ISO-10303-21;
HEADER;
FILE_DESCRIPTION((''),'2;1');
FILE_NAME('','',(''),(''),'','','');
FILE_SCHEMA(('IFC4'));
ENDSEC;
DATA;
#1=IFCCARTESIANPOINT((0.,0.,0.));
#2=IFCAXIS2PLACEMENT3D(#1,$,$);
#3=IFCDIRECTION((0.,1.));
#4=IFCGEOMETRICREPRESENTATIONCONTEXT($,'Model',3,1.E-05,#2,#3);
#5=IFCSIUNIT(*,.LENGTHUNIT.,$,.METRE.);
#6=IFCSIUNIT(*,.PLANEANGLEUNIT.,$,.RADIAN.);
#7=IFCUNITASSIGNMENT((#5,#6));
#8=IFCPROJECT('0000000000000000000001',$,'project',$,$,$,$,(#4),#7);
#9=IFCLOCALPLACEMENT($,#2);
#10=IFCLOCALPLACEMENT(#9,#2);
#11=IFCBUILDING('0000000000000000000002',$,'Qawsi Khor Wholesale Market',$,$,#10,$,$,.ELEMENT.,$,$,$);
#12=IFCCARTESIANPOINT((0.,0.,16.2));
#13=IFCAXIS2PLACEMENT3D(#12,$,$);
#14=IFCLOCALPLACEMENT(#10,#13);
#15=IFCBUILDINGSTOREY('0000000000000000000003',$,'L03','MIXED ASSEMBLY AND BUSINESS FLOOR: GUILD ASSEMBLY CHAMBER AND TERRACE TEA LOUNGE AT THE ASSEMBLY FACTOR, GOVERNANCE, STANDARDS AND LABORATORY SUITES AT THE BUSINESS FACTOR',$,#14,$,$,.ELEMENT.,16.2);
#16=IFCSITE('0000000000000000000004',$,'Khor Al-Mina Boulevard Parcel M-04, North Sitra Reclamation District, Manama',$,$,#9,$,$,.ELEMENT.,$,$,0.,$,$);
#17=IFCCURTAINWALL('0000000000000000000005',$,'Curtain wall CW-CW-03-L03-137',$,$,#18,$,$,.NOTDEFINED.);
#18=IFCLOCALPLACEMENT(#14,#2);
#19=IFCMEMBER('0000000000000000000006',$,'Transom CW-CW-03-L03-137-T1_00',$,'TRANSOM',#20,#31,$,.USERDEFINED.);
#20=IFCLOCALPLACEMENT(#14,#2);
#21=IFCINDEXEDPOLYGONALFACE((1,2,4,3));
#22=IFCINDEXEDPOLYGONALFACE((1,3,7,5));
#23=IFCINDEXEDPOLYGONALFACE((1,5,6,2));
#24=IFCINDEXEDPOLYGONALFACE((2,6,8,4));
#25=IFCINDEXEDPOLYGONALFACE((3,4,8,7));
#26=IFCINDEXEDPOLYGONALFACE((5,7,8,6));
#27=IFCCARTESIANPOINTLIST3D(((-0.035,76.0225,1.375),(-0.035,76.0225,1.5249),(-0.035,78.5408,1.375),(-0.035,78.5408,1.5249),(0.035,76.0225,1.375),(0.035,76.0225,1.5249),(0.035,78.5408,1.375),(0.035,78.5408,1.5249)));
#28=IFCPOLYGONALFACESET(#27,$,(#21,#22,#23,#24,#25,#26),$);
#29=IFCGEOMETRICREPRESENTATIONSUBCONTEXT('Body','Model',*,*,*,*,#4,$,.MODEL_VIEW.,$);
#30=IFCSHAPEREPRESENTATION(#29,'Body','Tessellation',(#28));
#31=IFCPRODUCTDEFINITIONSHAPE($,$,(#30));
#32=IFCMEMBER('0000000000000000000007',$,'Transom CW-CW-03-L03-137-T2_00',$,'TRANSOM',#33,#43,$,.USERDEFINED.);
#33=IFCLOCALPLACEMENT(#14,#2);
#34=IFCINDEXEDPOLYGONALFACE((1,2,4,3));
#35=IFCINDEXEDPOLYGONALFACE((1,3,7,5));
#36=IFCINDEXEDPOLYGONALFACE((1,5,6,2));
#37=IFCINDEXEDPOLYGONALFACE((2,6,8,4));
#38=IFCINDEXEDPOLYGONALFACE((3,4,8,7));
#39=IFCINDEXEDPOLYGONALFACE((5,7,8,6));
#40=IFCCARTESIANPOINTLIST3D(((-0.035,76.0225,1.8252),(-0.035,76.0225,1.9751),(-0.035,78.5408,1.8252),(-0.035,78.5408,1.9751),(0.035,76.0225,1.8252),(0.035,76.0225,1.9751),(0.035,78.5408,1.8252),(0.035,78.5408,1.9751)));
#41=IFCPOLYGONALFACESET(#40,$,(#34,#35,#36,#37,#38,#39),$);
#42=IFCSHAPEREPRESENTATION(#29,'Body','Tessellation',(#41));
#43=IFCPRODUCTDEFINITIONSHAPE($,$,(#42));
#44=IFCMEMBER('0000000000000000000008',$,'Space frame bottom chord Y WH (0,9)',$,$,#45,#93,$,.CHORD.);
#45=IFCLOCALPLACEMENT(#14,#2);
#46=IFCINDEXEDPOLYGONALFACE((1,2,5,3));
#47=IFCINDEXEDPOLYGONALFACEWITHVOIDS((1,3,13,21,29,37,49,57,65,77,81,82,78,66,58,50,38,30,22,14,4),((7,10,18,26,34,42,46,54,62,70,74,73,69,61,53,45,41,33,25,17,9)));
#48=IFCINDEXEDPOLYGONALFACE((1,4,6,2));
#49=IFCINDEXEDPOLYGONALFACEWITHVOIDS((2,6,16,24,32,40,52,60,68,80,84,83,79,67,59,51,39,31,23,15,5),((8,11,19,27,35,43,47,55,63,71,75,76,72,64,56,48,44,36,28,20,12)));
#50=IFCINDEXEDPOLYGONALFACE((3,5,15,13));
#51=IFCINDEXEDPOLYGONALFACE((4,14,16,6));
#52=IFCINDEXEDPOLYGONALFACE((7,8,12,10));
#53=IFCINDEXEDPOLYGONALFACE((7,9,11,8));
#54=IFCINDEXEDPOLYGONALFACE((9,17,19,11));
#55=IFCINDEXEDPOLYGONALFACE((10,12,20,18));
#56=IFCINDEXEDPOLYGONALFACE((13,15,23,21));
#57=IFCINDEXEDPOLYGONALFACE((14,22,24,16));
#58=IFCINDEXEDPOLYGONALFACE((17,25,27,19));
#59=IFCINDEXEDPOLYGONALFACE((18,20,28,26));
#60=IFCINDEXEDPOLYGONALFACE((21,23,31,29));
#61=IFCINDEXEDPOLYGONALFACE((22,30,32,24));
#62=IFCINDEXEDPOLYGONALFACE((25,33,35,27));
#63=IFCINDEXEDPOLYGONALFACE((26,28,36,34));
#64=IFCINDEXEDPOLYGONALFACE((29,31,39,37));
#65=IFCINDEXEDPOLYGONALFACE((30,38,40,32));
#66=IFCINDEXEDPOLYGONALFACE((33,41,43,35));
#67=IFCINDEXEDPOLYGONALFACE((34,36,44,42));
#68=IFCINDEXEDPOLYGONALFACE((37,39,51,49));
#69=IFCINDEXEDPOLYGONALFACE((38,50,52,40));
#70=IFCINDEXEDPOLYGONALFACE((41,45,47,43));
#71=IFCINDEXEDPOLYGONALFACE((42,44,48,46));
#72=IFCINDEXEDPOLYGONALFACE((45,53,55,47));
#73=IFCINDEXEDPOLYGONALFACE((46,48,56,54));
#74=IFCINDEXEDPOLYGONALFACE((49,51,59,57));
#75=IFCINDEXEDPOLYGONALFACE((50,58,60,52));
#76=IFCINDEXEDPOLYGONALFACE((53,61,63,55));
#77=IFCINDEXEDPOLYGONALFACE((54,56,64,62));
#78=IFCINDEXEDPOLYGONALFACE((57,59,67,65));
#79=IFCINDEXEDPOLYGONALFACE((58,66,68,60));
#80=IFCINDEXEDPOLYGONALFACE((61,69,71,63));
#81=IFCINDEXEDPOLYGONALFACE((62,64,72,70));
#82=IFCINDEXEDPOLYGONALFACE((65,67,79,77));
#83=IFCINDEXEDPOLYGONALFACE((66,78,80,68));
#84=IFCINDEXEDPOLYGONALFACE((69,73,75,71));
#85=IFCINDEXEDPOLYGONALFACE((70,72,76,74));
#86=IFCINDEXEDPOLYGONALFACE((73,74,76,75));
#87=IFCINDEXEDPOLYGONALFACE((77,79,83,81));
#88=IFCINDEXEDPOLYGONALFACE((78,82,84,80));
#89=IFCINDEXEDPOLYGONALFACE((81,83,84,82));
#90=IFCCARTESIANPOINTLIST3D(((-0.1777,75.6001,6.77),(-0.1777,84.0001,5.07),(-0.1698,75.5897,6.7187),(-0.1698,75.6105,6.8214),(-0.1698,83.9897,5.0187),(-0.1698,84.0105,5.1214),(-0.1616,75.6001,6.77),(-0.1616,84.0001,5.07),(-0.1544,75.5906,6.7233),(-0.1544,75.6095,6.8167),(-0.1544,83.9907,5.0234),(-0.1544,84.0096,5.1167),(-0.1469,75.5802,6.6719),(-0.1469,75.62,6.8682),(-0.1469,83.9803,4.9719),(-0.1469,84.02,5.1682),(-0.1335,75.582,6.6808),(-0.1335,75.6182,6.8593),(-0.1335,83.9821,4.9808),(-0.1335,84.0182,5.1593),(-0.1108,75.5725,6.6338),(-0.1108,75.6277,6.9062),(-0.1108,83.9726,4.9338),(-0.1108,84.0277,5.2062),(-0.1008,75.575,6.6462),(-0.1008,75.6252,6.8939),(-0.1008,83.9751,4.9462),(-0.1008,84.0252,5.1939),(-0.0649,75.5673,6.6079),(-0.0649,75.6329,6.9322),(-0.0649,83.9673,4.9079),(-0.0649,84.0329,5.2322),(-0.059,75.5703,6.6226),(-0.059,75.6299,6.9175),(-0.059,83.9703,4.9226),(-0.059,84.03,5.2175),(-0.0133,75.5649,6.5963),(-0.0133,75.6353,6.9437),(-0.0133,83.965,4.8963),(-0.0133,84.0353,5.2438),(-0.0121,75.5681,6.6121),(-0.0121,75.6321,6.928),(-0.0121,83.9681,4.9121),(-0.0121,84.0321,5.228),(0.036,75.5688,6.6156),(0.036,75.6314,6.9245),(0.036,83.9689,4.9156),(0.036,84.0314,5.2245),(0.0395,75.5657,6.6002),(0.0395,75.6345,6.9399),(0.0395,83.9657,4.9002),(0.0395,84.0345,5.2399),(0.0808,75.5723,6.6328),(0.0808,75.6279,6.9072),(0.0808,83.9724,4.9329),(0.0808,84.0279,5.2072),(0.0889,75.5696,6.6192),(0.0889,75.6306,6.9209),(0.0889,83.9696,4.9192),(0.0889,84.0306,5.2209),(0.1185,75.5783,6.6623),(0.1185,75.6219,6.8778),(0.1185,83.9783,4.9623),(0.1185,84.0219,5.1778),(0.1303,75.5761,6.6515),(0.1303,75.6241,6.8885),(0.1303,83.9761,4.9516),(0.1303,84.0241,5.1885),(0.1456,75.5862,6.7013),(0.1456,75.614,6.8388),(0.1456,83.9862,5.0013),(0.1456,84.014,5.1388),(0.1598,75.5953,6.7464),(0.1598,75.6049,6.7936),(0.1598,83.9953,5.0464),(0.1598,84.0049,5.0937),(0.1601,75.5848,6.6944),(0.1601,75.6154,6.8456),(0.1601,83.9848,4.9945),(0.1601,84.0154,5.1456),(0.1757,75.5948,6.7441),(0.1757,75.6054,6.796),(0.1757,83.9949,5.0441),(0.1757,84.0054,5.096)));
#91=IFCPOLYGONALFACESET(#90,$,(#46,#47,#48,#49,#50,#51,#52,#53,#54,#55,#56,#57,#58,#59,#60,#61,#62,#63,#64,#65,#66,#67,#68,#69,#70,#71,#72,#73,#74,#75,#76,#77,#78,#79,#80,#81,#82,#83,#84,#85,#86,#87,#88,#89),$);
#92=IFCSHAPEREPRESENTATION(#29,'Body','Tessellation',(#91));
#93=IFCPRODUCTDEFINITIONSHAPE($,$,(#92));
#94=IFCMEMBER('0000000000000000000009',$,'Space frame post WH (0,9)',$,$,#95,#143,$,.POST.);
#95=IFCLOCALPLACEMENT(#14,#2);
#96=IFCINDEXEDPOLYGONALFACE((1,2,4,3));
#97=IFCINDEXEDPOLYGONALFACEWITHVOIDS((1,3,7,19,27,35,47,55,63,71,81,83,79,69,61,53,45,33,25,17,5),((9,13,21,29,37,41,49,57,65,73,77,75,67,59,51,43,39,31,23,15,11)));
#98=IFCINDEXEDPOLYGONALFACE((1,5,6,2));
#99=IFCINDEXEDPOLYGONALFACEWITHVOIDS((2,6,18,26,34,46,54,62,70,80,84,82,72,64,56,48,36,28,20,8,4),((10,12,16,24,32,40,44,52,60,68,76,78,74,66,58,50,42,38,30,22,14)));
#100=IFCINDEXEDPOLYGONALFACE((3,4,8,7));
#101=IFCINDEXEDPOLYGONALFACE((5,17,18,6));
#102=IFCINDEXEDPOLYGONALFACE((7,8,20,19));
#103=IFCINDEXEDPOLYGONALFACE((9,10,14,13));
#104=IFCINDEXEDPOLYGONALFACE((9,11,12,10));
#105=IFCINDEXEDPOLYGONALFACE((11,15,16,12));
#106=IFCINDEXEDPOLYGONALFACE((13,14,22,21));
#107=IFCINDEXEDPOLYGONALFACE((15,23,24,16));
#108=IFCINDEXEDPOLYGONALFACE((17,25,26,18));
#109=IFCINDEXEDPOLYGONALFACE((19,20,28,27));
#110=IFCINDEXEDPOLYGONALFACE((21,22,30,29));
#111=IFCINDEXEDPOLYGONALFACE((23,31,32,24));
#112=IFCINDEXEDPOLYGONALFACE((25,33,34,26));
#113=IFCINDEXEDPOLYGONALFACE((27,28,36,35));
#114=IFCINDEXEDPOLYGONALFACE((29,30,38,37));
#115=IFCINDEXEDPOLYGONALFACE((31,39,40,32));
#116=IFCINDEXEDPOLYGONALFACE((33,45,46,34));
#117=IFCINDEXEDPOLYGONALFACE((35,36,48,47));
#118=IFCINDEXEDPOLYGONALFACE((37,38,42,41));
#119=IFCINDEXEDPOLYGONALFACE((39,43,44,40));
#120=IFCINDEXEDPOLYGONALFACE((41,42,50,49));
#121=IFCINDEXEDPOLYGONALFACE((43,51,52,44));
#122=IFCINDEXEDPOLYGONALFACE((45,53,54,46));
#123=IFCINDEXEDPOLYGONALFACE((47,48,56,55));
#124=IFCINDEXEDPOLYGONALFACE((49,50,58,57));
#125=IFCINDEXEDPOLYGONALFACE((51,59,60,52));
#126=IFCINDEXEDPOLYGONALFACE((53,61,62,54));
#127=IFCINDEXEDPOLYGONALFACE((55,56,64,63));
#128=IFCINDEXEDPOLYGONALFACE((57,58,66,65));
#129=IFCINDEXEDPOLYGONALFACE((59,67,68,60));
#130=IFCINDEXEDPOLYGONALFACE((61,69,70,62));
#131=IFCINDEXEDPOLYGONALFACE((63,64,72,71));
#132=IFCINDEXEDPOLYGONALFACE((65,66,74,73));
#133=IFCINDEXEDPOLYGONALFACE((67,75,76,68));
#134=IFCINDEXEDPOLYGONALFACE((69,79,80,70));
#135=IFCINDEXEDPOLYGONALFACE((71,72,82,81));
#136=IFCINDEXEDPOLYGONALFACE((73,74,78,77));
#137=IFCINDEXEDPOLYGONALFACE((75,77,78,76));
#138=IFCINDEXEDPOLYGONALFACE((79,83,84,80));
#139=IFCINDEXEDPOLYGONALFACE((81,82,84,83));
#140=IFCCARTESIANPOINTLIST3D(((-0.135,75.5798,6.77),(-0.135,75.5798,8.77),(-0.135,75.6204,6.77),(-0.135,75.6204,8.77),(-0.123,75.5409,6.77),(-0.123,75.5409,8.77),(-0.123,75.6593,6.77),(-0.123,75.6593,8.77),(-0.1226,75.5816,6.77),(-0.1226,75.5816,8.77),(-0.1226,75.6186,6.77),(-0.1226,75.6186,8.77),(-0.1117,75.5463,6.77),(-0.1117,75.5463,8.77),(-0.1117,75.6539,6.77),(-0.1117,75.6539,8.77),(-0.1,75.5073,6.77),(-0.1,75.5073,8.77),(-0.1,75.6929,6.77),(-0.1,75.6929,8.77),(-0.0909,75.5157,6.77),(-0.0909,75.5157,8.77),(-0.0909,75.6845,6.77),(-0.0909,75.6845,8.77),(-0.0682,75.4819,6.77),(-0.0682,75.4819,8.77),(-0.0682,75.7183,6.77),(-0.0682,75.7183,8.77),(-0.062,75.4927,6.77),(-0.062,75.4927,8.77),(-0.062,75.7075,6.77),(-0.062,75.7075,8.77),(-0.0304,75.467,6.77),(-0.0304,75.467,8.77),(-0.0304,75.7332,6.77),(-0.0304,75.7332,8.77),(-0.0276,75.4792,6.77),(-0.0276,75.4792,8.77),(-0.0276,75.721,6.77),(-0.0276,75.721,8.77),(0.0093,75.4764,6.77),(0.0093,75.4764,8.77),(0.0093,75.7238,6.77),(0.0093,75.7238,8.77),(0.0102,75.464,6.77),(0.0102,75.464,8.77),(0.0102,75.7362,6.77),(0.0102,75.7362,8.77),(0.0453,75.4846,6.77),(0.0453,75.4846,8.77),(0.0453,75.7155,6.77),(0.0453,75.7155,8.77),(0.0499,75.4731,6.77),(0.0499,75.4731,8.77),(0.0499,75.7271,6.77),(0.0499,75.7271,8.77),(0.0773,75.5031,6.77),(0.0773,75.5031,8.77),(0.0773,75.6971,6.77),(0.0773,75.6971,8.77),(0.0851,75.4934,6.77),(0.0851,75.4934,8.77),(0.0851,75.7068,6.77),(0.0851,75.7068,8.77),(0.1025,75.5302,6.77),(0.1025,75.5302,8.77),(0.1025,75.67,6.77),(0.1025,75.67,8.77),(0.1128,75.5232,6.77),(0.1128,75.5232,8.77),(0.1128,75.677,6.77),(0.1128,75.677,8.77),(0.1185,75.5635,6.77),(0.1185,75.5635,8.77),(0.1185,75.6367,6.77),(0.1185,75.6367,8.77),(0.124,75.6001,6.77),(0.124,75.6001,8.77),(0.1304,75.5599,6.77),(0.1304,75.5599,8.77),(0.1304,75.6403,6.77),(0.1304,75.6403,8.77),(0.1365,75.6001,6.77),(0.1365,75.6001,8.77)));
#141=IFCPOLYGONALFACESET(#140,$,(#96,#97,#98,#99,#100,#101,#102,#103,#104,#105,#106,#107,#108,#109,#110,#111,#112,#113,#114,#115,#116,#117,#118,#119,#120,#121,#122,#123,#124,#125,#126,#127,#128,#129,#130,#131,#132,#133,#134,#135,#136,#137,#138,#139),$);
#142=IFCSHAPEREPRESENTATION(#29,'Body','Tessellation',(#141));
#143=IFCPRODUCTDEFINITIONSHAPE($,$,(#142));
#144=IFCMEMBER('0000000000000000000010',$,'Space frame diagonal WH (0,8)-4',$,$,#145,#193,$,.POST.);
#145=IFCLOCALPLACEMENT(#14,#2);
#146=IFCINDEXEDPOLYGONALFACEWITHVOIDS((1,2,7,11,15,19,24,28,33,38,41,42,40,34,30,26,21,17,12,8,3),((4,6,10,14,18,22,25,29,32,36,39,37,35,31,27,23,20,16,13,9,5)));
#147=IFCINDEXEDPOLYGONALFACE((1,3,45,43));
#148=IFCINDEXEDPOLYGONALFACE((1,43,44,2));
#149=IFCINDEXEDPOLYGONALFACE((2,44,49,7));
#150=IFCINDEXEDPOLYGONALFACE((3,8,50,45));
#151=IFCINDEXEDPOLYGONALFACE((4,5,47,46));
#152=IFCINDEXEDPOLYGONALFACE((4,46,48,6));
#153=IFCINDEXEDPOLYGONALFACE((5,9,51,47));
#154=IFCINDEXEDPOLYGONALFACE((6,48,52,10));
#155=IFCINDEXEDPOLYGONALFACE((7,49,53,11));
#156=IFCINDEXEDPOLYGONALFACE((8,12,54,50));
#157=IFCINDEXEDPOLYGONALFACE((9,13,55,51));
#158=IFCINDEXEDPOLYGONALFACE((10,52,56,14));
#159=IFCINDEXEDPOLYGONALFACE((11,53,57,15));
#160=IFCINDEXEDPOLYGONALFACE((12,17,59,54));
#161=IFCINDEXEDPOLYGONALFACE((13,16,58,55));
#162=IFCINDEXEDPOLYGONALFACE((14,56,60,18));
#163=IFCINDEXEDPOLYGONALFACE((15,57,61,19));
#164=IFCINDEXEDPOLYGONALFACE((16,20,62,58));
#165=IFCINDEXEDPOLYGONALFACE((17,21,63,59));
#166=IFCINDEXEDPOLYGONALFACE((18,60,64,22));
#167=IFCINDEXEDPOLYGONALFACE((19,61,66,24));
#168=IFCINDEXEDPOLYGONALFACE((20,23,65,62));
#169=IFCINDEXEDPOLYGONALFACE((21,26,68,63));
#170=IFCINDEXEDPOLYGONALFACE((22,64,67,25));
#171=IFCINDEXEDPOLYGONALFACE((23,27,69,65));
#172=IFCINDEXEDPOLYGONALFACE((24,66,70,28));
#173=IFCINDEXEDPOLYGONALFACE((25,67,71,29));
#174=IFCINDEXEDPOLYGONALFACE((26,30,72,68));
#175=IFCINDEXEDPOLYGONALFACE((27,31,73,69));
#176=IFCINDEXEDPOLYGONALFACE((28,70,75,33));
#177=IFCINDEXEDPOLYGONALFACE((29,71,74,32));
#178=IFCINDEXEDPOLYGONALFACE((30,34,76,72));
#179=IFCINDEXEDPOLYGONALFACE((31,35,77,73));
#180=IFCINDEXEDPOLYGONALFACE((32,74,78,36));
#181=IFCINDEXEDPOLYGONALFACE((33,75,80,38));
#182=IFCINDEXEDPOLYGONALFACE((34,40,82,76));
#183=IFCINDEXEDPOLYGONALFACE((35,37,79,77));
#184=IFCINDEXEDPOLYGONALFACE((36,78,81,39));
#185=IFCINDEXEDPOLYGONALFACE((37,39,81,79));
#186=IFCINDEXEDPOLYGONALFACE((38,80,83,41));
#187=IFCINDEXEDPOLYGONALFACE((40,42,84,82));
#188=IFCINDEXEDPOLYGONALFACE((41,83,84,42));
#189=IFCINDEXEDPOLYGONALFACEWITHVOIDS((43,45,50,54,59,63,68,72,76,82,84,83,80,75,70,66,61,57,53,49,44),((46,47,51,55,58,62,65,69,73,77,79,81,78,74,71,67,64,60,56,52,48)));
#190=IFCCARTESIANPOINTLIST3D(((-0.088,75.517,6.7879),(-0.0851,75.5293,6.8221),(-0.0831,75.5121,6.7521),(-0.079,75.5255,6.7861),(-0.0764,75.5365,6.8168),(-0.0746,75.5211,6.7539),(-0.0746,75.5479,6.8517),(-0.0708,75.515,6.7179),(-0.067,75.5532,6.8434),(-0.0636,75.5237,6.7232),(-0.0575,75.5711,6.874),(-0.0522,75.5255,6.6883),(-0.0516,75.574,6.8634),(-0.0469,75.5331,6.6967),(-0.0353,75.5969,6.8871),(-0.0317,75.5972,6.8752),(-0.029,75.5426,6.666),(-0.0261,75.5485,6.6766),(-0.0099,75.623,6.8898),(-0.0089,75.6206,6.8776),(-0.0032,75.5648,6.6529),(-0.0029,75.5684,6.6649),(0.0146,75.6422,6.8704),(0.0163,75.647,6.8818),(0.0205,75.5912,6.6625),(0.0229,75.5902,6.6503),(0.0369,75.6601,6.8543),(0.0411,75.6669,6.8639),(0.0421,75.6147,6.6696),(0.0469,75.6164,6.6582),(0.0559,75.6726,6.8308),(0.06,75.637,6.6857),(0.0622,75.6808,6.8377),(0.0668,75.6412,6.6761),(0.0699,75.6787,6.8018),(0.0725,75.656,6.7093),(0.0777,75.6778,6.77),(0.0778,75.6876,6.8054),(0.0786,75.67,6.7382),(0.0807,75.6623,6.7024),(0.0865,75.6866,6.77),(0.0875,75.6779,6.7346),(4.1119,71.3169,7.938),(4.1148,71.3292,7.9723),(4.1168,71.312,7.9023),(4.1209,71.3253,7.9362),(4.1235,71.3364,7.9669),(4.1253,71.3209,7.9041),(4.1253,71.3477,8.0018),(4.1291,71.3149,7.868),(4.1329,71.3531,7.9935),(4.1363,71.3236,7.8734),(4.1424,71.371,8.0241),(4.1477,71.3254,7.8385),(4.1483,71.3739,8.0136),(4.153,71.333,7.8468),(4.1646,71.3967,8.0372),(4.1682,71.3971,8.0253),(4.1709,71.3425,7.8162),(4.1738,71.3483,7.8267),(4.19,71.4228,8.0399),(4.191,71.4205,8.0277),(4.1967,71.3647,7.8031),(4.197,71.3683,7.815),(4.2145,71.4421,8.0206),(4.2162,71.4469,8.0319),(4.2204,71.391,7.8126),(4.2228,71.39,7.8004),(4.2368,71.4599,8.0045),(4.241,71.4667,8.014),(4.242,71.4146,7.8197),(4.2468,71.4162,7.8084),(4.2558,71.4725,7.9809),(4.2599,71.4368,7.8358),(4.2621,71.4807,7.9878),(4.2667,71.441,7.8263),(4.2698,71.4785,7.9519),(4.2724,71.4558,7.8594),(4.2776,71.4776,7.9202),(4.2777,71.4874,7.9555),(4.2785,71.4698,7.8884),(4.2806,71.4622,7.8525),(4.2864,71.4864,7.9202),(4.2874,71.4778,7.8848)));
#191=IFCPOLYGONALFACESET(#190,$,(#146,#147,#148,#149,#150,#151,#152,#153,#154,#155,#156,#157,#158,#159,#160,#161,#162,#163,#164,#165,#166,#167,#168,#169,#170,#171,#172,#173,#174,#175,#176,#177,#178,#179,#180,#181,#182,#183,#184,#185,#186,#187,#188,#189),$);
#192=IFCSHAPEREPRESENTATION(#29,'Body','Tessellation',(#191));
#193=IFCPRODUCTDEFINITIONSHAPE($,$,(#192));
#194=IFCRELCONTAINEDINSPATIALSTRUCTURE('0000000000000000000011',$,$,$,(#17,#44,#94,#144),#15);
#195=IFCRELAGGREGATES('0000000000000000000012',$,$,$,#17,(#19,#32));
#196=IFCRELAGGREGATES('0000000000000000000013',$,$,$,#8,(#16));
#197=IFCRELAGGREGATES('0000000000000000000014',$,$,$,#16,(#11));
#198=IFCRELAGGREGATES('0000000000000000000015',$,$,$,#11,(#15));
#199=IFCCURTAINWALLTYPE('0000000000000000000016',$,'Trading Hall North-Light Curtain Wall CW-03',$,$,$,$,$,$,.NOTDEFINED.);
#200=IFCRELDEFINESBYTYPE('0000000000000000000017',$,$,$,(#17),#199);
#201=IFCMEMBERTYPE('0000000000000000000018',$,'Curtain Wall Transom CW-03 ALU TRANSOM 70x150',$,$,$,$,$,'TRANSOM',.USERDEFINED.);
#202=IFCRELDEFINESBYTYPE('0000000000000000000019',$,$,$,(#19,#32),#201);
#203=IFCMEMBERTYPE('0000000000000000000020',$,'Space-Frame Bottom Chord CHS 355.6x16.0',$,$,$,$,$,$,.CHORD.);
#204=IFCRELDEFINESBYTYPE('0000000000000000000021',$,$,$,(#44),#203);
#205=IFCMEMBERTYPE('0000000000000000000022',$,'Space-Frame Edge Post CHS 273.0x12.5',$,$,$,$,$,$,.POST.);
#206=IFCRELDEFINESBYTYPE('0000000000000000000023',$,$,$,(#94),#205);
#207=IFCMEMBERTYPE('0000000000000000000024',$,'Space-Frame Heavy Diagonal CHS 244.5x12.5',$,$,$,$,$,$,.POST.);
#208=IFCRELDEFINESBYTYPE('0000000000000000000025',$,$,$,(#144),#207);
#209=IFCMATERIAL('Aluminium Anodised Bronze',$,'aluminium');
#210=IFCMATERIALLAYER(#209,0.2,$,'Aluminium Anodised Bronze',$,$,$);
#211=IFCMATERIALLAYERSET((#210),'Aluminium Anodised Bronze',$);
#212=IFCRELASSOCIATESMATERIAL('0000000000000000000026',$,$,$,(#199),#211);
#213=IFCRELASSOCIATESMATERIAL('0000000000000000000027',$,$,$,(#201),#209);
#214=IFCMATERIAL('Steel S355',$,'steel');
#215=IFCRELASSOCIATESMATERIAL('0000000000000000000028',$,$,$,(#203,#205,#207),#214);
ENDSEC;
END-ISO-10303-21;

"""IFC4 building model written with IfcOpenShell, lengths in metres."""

from ifc_helpers import new_model, si_unit, direction, frame, origin, origin_2d, place, context, subcontext, project, spatial, rectangle, hollow_circle, extrude, material, layer, layer_set, material_profile, profile_set, type_object, element, aggregate, save


model = new_model("IFC4")

# Units and contexts
model_context = context("Model", 3, precision=1e-05, world=origin(), true_north=direction((0.0, 1.0)))
body_context = subcontext(model_context, "Body", "Model", "MODEL_VIEW")
ifc_project = project(units=[si_unit("LENGTHUNIT", "METRE"), si_unit("PLANEANGLEUNIT", "RADIAN")], contexts=[model_context])

# Site, building, storey
site_placement = place(None, origin())
site = spatial("IfcSite", under=ifc_project, at=site_placement, Name="Khor Al-Mina Boulevard Parcel M-04, North Sitra Reclamation District, Manama", CompositionType="ELEMENT", RefElevation=0.0)
building_placement = place(site_placement, origin())
building = spatial("IfcBuilding", under=site, at=building_placement, Name="Qawsi Khor Wholesale Market", CompositionType="ELEMENT")
storey_placement = place(building_placement, frame((0.0, 0.0, 16.2)))
storey = spatial("IfcBuildingStorey", under=building, at=storey_placement, Name="L03", Description="MIXED ASSEMBLY AND BUSINESS FLOOR: GUILD ASSEMBLY CHAMBER AND TERRACE TEA LOUNGE AT THE ASSEMBLY FACTOR, GOVERNANCE, STANDARDS AND LABORATORY SUITES AT THE BUSINESS FACTOR", CompositionType="ELEMENT", Elevation=16.2)

# Curtain wall
ifc_material_1 = material(Name="Aluminium Anodised Bronze", Category="aluminium")
ifc_layer_1 = layer(ifc_material_1, 0.2, Name="Aluminium Anodised Bronze")
ifc_layer_set_1 = layer_set([ifc_layer_1], Name="Aluminium Anodised Bronze")
curtain_wall_type = type_object("IfcCurtainWallType", Name="Trading Hall North-Light Curtain Wall CW-03", PredefinedType="NOTDEFINED", material=ifc_layer_set_1)
curtain_wall_1_placement = place(storey_placement, origin())
curtain_wall_1 = element("IfcCurtainWall", 1, at=curtain_wall_1_placement, inside=storey, type_object=curtain_wall_type, Name="Curtain wall CW-CW-03-L03-137", PredefinedType="NOTDEFINED")

# Members
ifc_material_profile_1 = material_profile(ifc_material_1, rectangle(XDim=0.0701, YDim=0.1499, at=origin_2d()), Name="ALU TRANSOM 70x150")
ifc_profile_set_1 = profile_set([ifc_material_profile_1], Name="Aluminium Anodised Bronze")
member_type_1 = type_object("IfcMemberType", Name="Curtain Wall Transom CW-03 ALU TRANSOM 70x150", ElementType="TRANSOM", PredefinedType="USERDEFINED", material=ifc_profile_set_1)
member_1_placement = place(storey_placement, frame((0.0, 76.0225, 1.45), z_axis=(0.0, 1.0, 0.0), x_axis=(-1.0, 0.0, 0.0)))
member_1 = element("IfcMember", 2, at=member_1_placement, type_object=member_type_1, Name="Transom CW-CW-03-L03-137-T1_00", ObjectType="TRANSOM", PredefinedType="USERDEFINED", context=body_context, shape_type="SweptSolid", body=[
    extrude(rectangle(XDim=0.0701, YDim=0.1499, at=origin_2d()), origin(), (0.0, 0.0, 1.0), 2.5183),
])
member_2_placement = place(storey_placement, frame((0.0, 76.0225, 1.9001), z_axis=(0.0, 1.0, 0.0), x_axis=(-1.0, 0.0, 0.0)))
member_2 = element("IfcMember", 3, at=member_2_placement, type_object=member_type_1, Name="Transom CW-CW-03-L03-137-T2_00", ObjectType="TRANSOM", PredefinedType="USERDEFINED", context=body_context, shape_type="SweptSolid", body=[
    extrude(rectangle(XDim=0.0701, YDim=0.1499, at=origin_2d()), origin(), (0.0, 0.0, 1.0), 2.5183),
])

# Members
ifc_material_2 = material(Name="Steel S355", Category="steel")
ifc_material_profile_2 = material_profile(ifc_material_2, hollow_circle(Radius=0.1777, WallThickness=0.0161, at=origin_2d()), Name="CHS 355.6x16.0")
ifc_profile_set_2 = profile_set([ifc_material_profile_2], Name="Steel S355")
member_type_2 = type_object("IfcMemberType", Name="Space-Frame Bottom Chord CHS 355.6x16.0", PredefinedType="CHORD", material=ifc_profile_set_2)
member_3_placement = place(storey_placement, frame((0.0, 75.6001, 6.77), z_axis=(0.0, 0.98013, -0.198356), x_axis=(-1.0, 0.0, 0.0)))
element("IfcMember", 4, at=member_3_placement, inside=storey, type_object=member_type_2, Name="Space frame bottom chord Y WH (0,9)", PredefinedType="CHORD", context=body_context, shape_type="SweptSolid", body=[
    extrude(hollow_circle(Radius=0.1777, WallThickness=0.0161, at=origin_2d()), origin(), (0.0, 0.0, 1.0), 8.5703),
])
ifc_material_profile_3 = material_profile(ifc_material_2, hollow_circle(Radius=0.1365, WallThickness=0.0125, at=origin_2d()), Name="CHS 273.0x12.5")
ifc_profile_set_3 = profile_set([ifc_material_profile_3], Name="Steel S355")
member_type_3 = type_object("IfcMemberType", Name="Space-Frame Edge Post CHS 273.0x12.5", PredefinedType="POST", material=ifc_profile_set_3)
member_4_placement = place(storey_placement, frame((0.0, 75.6001, 6.77), z_axis=(0.0, 0.0, 1.0), x_axis=(1.0, 0.0, 0.0)))
element("IfcMember", 5, at=member_4_placement, inside=storey, type_object=member_type_3, Name="Space frame post WH (0,9)", PredefinedType="POST", context=body_context, shape_type="SweptSolid", body=[
    extrude(hollow_circle(Radius=0.1365, WallThickness=0.0125, at=origin_2d()), origin(), (0.0, 0.0, 1.0), 2.0),
])
ifc_material_profile_4 = material_profile(ifc_material_2, hollow_circle(Radius=0.1223, WallThickness=0.0125, at=origin_2d()), Name="CHS 244.5x12.5")
ifc_profile_set_4 = profile_set([ifc_material_profile_4], Name="Steel S355")
member_type_4 = type_object("IfcMemberType", Name="Space-Frame Heavy Diagonal CHS 244.5x12.5", PredefinedType="POST", material=ifc_profile_set_4)
for number, where, z_axis, x_axis, name in (
    (6, (0.0, 75.6001, 6.77), (0.694192, -0.694232, 0.190103), (0.707127, 0.707086, 0.0), "Space frame diagonal WH (0,8)-4"),
):
    element("IfcMember", number, at=place(storey_placement, frame(where, z_axis=z_axis, x_axis=x_axis)), inside=storey, type_object=member_type_4, Name=name, PredefinedType="POST", context=body_context, shape_type="SweptSolid", body=[
        extrude(hollow_circle(Radius=0.1223, WallThickness=0.0125, at=origin_2d()), origin(), (0.0, 0.0, 1.0), 6.05),
    ])

aggregate(curtain_wall_1, [member_1, member_2])

save(model, "model.ifc")
